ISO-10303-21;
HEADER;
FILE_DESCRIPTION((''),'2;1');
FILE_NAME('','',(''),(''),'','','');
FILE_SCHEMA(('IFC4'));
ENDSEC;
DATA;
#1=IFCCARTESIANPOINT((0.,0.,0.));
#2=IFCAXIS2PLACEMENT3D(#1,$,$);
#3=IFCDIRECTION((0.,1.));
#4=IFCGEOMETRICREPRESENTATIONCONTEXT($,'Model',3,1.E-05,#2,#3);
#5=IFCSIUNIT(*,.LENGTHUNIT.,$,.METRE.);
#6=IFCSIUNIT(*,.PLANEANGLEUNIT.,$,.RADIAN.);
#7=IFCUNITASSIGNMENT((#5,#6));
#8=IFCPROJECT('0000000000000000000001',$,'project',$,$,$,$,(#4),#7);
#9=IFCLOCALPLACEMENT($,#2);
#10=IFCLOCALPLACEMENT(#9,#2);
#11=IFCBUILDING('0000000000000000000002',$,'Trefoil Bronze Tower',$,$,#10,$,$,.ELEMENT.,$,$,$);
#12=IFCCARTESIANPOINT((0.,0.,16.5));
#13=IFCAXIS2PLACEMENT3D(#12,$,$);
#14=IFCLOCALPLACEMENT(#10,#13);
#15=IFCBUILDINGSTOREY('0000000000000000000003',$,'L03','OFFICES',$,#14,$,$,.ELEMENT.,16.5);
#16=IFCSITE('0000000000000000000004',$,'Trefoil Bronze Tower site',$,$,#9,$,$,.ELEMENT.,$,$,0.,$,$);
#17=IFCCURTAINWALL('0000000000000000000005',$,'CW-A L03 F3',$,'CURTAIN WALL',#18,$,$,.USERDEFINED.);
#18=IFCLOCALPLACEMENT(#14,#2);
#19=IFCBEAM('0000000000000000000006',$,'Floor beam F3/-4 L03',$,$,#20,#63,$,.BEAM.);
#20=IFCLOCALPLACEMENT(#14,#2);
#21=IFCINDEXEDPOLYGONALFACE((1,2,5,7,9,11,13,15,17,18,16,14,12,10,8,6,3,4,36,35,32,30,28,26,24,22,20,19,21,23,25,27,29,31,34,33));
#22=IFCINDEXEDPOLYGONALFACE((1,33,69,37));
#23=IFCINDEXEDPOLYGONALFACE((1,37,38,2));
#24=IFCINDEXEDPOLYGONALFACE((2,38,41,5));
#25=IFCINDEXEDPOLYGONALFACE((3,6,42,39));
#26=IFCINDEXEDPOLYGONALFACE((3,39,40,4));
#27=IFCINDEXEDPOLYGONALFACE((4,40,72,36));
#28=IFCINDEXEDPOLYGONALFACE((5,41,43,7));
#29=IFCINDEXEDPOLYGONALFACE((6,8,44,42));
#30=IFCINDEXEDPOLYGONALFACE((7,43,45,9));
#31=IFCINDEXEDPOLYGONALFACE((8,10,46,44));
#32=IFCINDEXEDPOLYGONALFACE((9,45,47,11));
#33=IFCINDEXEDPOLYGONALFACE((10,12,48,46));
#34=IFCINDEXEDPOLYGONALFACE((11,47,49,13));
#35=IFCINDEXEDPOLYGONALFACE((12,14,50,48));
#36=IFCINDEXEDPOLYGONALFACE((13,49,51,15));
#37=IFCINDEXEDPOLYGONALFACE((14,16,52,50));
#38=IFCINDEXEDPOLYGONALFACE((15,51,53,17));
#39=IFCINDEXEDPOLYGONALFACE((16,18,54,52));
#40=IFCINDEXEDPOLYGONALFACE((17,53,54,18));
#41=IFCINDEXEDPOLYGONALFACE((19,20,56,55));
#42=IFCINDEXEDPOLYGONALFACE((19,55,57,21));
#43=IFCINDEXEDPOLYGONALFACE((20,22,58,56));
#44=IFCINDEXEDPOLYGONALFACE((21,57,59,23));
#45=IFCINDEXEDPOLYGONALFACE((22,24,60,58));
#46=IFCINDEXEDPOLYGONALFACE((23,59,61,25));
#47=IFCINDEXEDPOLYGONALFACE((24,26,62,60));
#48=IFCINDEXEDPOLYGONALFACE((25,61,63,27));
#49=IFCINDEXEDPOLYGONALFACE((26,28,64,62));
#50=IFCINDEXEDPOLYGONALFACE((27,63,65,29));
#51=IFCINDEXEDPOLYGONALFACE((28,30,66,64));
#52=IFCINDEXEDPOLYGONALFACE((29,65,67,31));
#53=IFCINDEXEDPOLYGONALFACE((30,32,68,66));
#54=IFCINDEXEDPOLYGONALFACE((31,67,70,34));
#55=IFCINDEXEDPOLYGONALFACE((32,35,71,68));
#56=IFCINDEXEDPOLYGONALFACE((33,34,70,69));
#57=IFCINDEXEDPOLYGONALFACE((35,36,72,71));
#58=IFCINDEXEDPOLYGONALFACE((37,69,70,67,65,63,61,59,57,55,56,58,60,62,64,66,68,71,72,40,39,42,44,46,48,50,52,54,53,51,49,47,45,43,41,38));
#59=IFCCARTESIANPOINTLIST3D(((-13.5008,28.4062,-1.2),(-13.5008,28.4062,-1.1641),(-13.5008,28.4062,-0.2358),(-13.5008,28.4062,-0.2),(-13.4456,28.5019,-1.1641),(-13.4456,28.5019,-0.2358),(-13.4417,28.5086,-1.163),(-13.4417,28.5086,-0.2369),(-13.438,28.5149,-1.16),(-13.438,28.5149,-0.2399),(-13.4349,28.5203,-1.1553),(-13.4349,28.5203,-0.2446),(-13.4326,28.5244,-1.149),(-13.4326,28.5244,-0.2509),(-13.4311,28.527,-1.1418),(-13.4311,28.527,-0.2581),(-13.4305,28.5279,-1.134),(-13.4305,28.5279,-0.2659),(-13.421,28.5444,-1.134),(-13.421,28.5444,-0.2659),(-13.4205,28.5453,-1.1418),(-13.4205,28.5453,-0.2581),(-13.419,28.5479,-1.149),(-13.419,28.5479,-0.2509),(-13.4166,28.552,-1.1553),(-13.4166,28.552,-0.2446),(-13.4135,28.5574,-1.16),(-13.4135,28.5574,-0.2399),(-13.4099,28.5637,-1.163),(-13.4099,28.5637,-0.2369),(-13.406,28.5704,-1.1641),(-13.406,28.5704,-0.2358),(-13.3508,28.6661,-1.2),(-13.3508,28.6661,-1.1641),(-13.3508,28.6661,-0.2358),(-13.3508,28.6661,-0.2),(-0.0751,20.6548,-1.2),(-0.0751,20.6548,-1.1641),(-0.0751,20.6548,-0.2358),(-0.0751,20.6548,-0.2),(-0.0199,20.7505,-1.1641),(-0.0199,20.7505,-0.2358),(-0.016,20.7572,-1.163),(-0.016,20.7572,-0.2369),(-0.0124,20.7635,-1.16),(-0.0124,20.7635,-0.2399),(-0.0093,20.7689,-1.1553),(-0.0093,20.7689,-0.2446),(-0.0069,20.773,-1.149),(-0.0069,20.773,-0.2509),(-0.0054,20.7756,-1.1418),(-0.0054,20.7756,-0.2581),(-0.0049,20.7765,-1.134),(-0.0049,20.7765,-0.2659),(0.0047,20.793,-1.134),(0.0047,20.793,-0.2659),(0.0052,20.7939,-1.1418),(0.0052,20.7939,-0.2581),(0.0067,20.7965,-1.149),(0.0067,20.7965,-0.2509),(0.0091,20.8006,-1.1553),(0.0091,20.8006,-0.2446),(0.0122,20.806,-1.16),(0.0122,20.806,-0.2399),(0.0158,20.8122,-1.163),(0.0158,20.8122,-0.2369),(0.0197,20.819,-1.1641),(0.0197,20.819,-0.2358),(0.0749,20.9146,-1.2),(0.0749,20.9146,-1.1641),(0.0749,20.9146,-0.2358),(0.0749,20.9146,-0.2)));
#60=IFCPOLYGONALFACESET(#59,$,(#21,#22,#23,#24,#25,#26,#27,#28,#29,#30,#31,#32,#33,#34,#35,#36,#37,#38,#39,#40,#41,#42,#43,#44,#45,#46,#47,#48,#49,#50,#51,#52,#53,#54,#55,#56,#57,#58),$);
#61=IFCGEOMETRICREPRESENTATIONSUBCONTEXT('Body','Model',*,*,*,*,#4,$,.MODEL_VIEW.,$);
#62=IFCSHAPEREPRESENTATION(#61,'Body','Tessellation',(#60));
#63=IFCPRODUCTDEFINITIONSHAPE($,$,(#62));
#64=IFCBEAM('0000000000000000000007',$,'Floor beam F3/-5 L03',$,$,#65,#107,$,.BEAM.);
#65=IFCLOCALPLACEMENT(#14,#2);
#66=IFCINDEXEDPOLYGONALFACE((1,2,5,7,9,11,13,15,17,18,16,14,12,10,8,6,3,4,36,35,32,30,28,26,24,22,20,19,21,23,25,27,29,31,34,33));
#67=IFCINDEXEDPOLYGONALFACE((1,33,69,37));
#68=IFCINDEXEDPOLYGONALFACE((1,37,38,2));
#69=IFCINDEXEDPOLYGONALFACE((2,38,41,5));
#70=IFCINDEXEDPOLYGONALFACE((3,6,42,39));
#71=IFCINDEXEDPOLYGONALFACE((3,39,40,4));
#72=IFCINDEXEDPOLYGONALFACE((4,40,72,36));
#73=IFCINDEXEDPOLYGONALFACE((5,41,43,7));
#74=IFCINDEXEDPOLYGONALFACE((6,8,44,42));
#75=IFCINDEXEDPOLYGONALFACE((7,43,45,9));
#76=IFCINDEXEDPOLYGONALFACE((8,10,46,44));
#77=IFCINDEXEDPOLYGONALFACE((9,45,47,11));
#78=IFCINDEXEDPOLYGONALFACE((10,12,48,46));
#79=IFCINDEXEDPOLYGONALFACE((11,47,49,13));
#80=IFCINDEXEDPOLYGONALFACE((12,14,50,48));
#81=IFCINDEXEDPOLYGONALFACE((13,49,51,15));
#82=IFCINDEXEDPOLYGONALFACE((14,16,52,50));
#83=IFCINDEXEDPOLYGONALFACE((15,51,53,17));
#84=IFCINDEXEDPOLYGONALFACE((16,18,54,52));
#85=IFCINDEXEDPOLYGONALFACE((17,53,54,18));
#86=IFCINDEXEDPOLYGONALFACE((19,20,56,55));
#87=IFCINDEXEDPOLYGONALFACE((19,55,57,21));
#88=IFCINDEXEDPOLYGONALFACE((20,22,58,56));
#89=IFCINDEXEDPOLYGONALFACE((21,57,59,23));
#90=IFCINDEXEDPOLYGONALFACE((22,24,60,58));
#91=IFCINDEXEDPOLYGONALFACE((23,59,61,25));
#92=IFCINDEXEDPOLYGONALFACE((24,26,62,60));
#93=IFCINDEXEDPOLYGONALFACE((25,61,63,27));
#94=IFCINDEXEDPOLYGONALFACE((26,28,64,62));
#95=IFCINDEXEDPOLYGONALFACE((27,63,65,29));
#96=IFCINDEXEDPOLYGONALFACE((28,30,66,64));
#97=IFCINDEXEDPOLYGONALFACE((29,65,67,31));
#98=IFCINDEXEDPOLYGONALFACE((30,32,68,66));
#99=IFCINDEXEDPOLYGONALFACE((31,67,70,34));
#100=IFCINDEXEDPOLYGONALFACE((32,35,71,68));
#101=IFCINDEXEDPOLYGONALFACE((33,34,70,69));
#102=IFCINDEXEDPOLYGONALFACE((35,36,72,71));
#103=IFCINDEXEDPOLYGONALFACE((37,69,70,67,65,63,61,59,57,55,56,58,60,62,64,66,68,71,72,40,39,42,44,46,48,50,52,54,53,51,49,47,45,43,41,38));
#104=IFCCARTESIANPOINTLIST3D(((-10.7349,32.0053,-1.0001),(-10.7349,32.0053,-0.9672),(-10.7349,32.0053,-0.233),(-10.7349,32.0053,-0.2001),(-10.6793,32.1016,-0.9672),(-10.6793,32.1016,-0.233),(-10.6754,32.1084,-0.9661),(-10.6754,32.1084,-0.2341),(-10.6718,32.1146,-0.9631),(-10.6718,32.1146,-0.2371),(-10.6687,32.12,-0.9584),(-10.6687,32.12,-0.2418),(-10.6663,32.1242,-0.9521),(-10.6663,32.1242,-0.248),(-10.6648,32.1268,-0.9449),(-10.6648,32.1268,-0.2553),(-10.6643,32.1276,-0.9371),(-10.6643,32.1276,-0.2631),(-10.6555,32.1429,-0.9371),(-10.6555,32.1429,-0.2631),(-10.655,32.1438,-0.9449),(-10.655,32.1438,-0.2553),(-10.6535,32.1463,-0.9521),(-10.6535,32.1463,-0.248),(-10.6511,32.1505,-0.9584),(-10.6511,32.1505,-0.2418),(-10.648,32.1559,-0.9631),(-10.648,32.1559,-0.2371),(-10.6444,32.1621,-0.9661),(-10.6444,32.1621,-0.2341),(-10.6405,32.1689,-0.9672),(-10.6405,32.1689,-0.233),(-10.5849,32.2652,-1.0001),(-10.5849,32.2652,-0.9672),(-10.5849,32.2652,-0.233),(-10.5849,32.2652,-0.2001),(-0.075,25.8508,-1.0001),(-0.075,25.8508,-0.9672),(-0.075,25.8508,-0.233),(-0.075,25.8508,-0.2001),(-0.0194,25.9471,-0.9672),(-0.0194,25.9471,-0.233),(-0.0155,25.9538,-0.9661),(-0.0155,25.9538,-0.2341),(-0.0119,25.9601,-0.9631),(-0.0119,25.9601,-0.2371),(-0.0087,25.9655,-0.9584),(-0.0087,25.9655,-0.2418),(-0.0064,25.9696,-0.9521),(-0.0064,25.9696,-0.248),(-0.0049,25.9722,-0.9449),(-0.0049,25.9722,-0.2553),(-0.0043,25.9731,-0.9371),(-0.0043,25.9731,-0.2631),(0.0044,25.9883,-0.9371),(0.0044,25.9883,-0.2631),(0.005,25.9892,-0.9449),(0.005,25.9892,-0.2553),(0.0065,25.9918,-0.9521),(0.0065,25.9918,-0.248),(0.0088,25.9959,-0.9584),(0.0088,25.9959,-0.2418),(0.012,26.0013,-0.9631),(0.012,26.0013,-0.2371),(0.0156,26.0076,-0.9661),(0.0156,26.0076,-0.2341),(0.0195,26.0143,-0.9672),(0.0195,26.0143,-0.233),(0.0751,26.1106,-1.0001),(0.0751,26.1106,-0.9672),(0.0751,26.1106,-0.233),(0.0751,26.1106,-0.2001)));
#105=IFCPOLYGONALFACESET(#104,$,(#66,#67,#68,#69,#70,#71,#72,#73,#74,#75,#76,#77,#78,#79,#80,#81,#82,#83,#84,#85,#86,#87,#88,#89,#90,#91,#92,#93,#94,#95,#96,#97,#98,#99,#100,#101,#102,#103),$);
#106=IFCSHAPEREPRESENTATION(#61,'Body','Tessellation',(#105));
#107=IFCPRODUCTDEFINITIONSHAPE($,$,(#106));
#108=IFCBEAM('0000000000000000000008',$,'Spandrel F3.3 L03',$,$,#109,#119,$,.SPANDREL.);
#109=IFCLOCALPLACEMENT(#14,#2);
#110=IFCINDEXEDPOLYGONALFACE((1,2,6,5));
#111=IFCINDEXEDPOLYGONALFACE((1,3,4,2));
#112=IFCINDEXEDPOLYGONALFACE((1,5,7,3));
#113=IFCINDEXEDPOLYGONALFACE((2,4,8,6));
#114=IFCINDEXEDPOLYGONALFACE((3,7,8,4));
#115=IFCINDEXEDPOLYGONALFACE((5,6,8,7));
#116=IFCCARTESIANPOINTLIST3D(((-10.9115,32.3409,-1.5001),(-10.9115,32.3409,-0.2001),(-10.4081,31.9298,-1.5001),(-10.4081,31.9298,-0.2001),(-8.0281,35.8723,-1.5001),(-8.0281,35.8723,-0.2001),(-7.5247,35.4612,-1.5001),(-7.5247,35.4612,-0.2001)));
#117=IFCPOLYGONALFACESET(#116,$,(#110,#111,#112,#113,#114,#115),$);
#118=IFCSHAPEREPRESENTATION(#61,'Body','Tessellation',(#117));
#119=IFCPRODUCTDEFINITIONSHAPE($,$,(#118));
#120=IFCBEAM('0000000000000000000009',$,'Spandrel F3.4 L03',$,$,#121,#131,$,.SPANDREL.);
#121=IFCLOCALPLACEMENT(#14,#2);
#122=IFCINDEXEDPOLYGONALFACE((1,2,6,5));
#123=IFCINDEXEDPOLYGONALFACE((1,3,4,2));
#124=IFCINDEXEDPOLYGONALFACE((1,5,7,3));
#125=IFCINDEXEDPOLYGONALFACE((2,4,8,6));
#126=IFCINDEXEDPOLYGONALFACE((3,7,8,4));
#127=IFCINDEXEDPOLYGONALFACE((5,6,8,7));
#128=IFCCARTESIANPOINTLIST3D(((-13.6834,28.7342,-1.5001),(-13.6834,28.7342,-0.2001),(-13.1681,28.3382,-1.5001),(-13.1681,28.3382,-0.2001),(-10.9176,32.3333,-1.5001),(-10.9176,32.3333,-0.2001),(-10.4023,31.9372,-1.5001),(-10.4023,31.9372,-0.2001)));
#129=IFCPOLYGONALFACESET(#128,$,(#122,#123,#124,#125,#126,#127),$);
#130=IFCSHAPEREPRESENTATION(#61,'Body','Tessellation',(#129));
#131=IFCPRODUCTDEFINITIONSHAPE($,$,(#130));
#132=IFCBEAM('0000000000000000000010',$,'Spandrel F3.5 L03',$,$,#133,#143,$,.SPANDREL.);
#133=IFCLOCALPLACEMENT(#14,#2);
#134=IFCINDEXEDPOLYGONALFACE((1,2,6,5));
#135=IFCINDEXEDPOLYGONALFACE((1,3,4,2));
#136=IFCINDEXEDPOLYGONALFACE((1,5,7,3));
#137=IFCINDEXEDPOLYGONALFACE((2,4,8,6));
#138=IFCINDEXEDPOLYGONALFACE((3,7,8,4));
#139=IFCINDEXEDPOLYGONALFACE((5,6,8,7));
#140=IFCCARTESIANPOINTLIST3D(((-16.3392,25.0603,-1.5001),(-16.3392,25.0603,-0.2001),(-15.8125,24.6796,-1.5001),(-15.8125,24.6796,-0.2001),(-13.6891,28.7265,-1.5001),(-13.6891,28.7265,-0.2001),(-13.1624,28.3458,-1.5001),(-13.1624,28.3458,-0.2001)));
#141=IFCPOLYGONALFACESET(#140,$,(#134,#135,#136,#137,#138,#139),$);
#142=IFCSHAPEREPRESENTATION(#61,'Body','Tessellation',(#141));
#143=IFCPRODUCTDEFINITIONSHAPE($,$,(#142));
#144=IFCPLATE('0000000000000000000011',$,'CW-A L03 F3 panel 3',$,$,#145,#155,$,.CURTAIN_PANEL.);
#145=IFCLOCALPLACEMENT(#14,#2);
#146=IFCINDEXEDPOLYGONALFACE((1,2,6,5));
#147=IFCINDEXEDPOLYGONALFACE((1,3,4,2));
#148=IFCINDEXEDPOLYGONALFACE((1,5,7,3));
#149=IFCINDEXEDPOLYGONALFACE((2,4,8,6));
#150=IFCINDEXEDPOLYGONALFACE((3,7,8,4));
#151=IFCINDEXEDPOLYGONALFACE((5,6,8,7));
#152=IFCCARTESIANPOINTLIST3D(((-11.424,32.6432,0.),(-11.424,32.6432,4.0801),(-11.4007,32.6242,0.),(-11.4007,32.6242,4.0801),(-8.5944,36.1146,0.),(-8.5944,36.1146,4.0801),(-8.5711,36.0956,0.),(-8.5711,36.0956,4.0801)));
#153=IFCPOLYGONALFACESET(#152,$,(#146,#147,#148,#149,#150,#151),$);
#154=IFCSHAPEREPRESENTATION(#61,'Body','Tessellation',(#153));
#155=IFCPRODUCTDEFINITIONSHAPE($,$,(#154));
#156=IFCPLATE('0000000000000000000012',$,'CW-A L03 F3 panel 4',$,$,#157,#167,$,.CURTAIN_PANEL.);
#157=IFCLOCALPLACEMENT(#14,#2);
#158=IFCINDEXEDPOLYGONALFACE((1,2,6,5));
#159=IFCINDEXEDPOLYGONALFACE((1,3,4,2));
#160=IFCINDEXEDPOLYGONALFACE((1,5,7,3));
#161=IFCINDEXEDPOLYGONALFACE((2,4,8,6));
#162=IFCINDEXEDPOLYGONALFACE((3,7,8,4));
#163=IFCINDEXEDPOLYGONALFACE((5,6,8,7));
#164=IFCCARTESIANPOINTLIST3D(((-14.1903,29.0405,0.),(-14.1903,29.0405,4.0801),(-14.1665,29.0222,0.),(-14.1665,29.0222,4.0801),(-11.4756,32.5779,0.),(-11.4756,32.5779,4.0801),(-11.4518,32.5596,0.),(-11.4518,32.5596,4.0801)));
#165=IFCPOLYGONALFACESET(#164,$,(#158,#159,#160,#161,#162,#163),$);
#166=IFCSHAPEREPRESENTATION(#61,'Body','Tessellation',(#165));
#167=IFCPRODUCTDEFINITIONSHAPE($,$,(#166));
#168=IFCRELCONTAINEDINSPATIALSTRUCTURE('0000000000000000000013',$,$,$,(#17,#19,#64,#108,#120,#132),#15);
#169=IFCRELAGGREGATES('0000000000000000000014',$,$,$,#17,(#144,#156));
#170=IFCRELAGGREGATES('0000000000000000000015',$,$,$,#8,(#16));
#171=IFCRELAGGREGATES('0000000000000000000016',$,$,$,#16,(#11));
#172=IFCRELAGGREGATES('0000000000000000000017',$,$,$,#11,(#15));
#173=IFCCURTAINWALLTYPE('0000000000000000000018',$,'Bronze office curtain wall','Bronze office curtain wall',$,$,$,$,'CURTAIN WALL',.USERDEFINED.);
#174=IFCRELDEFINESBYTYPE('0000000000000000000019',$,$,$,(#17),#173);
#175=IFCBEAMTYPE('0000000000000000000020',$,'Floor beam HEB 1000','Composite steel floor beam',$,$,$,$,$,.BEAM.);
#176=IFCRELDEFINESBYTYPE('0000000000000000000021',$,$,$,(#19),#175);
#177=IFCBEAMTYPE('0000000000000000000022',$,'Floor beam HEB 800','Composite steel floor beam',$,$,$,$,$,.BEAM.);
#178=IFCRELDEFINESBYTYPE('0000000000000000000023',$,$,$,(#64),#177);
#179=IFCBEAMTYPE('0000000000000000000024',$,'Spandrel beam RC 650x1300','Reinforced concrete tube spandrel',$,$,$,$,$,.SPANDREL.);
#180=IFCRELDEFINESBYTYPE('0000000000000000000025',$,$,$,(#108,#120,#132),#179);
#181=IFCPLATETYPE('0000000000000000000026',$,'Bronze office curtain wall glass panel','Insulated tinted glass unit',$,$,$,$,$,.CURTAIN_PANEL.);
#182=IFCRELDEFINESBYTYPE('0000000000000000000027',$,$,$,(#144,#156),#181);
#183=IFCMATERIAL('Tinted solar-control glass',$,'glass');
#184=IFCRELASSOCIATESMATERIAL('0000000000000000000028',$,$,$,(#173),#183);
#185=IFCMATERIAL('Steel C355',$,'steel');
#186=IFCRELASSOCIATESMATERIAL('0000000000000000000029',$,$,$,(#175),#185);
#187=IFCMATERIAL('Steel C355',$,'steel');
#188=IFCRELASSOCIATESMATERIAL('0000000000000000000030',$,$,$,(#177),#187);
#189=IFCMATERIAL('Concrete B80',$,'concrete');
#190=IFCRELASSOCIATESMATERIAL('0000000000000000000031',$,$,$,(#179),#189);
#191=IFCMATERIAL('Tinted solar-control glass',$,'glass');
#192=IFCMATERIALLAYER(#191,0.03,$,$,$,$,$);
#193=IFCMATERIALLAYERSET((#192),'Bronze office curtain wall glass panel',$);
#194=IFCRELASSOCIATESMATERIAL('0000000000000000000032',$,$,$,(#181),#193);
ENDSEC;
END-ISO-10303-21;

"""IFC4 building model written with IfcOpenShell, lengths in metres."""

from ifc_helpers import new_model, si_unit, direction, frame, origin, origin_2d, place, context, subcontext, project, spatial, rectangle, i_section, extrude, material, layer, layer_set, material_profile, profile_set, type_object, element, aggregate, save


model = new_model("IFC4")

# Units and contexts
model_context = context("Model", 3, precision=1e-05, world=origin(), true_north=direction((0.0, 1.0)))
body_context = subcontext(model_context, "Body", "Model", "MODEL_VIEW")
ifc_project = project(units=[si_unit("LENGTHUNIT", "METRE"), si_unit("PLANEANGLEUNIT", "RADIAN")], contexts=[model_context])

# Site, building, storey
site_placement = place(None, origin())
site = spatial("IfcSite", under=ifc_project, at=site_placement, Name="Trefoil Bronze Tower site", CompositionType="ELEMENT", RefElevation=0.0)
building_placement = place(site_placement, origin())
building = spatial("IfcBuilding", under=site, at=building_placement, Name="Trefoil Bronze Tower", CompositionType="ELEMENT")
storey_placement = place(building_placement, frame((0.0, 0.0, 16.5)))
storey = spatial("IfcBuildingStorey", under=building, at=storey_placement, Name="L03", Description="OFFICES", CompositionType="ELEMENT", Elevation=16.5)

# Curtain wall
ifc_material_1 = material(Name="Tinted solar-control glass", Category="glass")
curtain_wall_type = type_object("IfcCurtainWallType", Name="Bronze office curtain wall", Description="Bronze office curtain wall", ElementType="CURTAIN WALL", PredefinedType="USERDEFINED", material=ifc_material_1)
curtain_wall_placement = place(storey_placement, origin())
curtain_wall = element("IfcCurtainWall", 1, at=curtain_wall_placement, inside=storey, type_object=curtain_wall_type, Name="CW-A L03 F3", ObjectType="CURTAIN WALL", PredefinedType="USERDEFINED")

# Beams
ifc_material_2 = material(Name="Steel C355", Category="steel")
ifc_material_profile_1 = material_profile(ifc_material_2, i_section(OverallWidth=0.3, OverallDepth=1.0, WebThickness=0.019, FlangeThickness=0.0359, FilletRadius=0.03, at=origin_2d()), Name="HEB 1000")
ifc_profile_set_1 = profile_set([ifc_material_profile_1], Name="Steel C355")
beam_type_1 = type_object("IfcBeamType", Name="Floor beam HEB 1000", Description="Composite steel floor beam", PredefinedType="BEAM", material=ifc_profile_set_1)
beam_1_placement = place(storey_placement, frame((-13.4258, 28.5361, -0.7), z_axis=(0.866023, -0.500004, 0.0), x_axis=(0.500004, 0.866023, 0.0)))
element("IfcBeam", 2, at=beam_1_placement, inside=storey, type_object=beam_type_1, Name="Floor beam F3/-4 L03", PredefinedType="BEAM", context=body_context, shape_type="SweptSolid", body=[
    extrude(i_section(OverallWidth=0.3, OverallDepth=1.0, WebThickness=0.019, FlangeThickness=0.0359, FilletRadius=0.03, at=origin_2d()), origin(), (0.0, 0.0, 1.0), 15.5027),
])
ifc_material_3 = material(Name="Steel C355", Category="steel")
ifc_material_profile_2 = material_profile(ifc_material_3, i_section(OverallWidth=0.3, OverallDepth=0.8, WebThickness=0.0176, FlangeThickness=0.033, FilletRadius=0.03, at=origin_2d()), Name="HEB 800")
ifc_profile_set_2 = profile_set([ifc_material_profile_2], Name="Steel C355")
beam_type_2 = type_object("IfcBeamType", Name="Floor beam HEB 800", Description="Composite steel floor beam", PredefinedType="BEAM", material=ifc_profile_set_2)
beam_2_placement = place(storey_placement, frame((-10.6599, 32.1353, -0.6001), z_axis=(0.866024, -0.500002, 0.0), x_axis=(0.500002, 0.866024, 0.0)))
element("IfcBeam", 3, at=beam_2_placement, inside=storey, type_object=beam_type_2, Name="Floor beam F3/-5 L03", PredefinedType="BEAM", context=body_context, shape_type="SweptSolid", body=[
    extrude(i_section(OverallWidth=0.3, OverallDepth=0.8, WebThickness=0.0176, FlangeThickness=0.033, FilletRadius=0.03, at=origin_2d()), origin(), (0.0, 0.0, 1.0), 12.3091),
])
ifc_material_4 = material(Name="Concrete B80", Category="concrete")
ifc_material_profile_3 = material_profile(ifc_material_4, rectangle(XDim=0.6499, YDim=1.3, at=origin_2d()), Name="RC 650x1300")
ifc_profile_set_3 = profile_set([ifc_material_profile_3], Name="Concrete B80")
beam_type_3 = type_object("IfcBeamType", Name="Spandrel beam RC 650x1300", Description="Reinforced concrete tube spandrel", PredefinedType="SPANDREL", material=ifc_profile_set_3)
beam_3_placement = place(storey_placement, frame((-7.7764, 35.6667, -0.8501), z_axis=(-0.632468, -0.774587, 0.0), x_axis=(0.774587, -0.632468, 0.0)))
element("IfcBeam", 4, at=beam_3_placement, inside=storey, type_object=beam_type_3, Name="Spandrel F3.3 L03", PredefinedType="SPANDREL", context=body_context, shape_type="SweptSolid", body=[
    extrude(rectangle(XDim=0.6499, YDim=1.3, at=origin_2d()), origin(), (0.0, 0.0, 1.0), 4.5591),
])
beam_4_placement = place(storey_placement, frame((-10.6599, 32.1353, -0.8501), z_axis=(-0.609339, -0.79291, 0.0), x_axis=(0.79291, -0.609339, 0.0)))
element("IfcBeam", 5, at=beam_4_placement, inside=storey, type_object=beam_type_3, Name="Spandrel F3.4 L03", PredefinedType="SPANDREL", context=body_context, shape_type="SweptSolid", body=[
    extrude(rectangle(XDim=0.6499, YDim=1.3, at=origin_2d()), origin(), (0.0, 0.0, 1.0), 4.5391),
])
beam_5_placement = place(storey_placement, frame((-13.4258, 28.5361, -0.8501), z_axis=(-0.585824, -0.810439, 0.0), x_axis=(0.810439, -0.585824, 0.0)))
element("IfcBeam", 6, at=beam_5_placement, inside=storey, type_object=beam_type_3, Name="Spandrel F3.5 L03", PredefinedType="SPANDREL", context=body_context, shape_type="SweptSolid", body=[
    extrude(rectangle(XDim=0.6499, YDim=1.3, at=origin_2d()), origin(), (0.0, 0.0, 1.0), 4.5237),
])

# Plates
ifc_material_5 = material(Name="Tinted solar-control glass", Category="glass")
ifc_layer_1 = layer(ifc_material_5, 0.03)
ifc_layer_set_1 = layer_set([ifc_layer_1], Name="Bronze office curtain wall glass panel")
plate_type = type_object("IfcPlateType", Name="Bronze office curtain wall glass panel", Description="Insulated tinted glass unit", PredefinedType="CURTAIN_PANEL", material=ifc_layer_set_1)
plate_1_placement = place(storey_placement, frame((-9.9976, 34.3694, 0.0), z_axis=(0.0, 0.0, 1.0), x_axis=(-0.631811, -0.775123, 0.0)))
plate_1 = element("IfcPlate", 7, at=plate_1_placement, type_object=plate_type, Name="CW-A L03 F3 panel 3", PredefinedType="CURTAIN_PANEL", context=body_context, shape_type="SweptSolid", body=[
    extrude(rectangle(XDim=4.4785, YDim=0.03, at=origin_2d()), origin(), (0.0, 0.0, 1.0), 4.0801),
])
plate_2_placement = place(storey_placement, frame((-12.821, 30.8, 0.0), z_axis=(0.0, 0.0, 1.0), x_axis=(-0.608808, -0.793318, 0.0)))
plate_2 = element("IfcPlate", 8, at=plate_2_placement, type_object=plate_type, Name="CW-A L03 F3 panel 4", PredefinedType="CURTAIN_PANEL", context=body_context, shape_type="SweptSolid", body=[
    extrude(rectangle(XDim=4.459, YDim=0.03, at=origin_2d()), origin(), (0.0, 0.0, 1.0), 4.0801),
])
aggregate(curtain_wall, [plate_1, plate_2])

save(model, "model.ifc")
